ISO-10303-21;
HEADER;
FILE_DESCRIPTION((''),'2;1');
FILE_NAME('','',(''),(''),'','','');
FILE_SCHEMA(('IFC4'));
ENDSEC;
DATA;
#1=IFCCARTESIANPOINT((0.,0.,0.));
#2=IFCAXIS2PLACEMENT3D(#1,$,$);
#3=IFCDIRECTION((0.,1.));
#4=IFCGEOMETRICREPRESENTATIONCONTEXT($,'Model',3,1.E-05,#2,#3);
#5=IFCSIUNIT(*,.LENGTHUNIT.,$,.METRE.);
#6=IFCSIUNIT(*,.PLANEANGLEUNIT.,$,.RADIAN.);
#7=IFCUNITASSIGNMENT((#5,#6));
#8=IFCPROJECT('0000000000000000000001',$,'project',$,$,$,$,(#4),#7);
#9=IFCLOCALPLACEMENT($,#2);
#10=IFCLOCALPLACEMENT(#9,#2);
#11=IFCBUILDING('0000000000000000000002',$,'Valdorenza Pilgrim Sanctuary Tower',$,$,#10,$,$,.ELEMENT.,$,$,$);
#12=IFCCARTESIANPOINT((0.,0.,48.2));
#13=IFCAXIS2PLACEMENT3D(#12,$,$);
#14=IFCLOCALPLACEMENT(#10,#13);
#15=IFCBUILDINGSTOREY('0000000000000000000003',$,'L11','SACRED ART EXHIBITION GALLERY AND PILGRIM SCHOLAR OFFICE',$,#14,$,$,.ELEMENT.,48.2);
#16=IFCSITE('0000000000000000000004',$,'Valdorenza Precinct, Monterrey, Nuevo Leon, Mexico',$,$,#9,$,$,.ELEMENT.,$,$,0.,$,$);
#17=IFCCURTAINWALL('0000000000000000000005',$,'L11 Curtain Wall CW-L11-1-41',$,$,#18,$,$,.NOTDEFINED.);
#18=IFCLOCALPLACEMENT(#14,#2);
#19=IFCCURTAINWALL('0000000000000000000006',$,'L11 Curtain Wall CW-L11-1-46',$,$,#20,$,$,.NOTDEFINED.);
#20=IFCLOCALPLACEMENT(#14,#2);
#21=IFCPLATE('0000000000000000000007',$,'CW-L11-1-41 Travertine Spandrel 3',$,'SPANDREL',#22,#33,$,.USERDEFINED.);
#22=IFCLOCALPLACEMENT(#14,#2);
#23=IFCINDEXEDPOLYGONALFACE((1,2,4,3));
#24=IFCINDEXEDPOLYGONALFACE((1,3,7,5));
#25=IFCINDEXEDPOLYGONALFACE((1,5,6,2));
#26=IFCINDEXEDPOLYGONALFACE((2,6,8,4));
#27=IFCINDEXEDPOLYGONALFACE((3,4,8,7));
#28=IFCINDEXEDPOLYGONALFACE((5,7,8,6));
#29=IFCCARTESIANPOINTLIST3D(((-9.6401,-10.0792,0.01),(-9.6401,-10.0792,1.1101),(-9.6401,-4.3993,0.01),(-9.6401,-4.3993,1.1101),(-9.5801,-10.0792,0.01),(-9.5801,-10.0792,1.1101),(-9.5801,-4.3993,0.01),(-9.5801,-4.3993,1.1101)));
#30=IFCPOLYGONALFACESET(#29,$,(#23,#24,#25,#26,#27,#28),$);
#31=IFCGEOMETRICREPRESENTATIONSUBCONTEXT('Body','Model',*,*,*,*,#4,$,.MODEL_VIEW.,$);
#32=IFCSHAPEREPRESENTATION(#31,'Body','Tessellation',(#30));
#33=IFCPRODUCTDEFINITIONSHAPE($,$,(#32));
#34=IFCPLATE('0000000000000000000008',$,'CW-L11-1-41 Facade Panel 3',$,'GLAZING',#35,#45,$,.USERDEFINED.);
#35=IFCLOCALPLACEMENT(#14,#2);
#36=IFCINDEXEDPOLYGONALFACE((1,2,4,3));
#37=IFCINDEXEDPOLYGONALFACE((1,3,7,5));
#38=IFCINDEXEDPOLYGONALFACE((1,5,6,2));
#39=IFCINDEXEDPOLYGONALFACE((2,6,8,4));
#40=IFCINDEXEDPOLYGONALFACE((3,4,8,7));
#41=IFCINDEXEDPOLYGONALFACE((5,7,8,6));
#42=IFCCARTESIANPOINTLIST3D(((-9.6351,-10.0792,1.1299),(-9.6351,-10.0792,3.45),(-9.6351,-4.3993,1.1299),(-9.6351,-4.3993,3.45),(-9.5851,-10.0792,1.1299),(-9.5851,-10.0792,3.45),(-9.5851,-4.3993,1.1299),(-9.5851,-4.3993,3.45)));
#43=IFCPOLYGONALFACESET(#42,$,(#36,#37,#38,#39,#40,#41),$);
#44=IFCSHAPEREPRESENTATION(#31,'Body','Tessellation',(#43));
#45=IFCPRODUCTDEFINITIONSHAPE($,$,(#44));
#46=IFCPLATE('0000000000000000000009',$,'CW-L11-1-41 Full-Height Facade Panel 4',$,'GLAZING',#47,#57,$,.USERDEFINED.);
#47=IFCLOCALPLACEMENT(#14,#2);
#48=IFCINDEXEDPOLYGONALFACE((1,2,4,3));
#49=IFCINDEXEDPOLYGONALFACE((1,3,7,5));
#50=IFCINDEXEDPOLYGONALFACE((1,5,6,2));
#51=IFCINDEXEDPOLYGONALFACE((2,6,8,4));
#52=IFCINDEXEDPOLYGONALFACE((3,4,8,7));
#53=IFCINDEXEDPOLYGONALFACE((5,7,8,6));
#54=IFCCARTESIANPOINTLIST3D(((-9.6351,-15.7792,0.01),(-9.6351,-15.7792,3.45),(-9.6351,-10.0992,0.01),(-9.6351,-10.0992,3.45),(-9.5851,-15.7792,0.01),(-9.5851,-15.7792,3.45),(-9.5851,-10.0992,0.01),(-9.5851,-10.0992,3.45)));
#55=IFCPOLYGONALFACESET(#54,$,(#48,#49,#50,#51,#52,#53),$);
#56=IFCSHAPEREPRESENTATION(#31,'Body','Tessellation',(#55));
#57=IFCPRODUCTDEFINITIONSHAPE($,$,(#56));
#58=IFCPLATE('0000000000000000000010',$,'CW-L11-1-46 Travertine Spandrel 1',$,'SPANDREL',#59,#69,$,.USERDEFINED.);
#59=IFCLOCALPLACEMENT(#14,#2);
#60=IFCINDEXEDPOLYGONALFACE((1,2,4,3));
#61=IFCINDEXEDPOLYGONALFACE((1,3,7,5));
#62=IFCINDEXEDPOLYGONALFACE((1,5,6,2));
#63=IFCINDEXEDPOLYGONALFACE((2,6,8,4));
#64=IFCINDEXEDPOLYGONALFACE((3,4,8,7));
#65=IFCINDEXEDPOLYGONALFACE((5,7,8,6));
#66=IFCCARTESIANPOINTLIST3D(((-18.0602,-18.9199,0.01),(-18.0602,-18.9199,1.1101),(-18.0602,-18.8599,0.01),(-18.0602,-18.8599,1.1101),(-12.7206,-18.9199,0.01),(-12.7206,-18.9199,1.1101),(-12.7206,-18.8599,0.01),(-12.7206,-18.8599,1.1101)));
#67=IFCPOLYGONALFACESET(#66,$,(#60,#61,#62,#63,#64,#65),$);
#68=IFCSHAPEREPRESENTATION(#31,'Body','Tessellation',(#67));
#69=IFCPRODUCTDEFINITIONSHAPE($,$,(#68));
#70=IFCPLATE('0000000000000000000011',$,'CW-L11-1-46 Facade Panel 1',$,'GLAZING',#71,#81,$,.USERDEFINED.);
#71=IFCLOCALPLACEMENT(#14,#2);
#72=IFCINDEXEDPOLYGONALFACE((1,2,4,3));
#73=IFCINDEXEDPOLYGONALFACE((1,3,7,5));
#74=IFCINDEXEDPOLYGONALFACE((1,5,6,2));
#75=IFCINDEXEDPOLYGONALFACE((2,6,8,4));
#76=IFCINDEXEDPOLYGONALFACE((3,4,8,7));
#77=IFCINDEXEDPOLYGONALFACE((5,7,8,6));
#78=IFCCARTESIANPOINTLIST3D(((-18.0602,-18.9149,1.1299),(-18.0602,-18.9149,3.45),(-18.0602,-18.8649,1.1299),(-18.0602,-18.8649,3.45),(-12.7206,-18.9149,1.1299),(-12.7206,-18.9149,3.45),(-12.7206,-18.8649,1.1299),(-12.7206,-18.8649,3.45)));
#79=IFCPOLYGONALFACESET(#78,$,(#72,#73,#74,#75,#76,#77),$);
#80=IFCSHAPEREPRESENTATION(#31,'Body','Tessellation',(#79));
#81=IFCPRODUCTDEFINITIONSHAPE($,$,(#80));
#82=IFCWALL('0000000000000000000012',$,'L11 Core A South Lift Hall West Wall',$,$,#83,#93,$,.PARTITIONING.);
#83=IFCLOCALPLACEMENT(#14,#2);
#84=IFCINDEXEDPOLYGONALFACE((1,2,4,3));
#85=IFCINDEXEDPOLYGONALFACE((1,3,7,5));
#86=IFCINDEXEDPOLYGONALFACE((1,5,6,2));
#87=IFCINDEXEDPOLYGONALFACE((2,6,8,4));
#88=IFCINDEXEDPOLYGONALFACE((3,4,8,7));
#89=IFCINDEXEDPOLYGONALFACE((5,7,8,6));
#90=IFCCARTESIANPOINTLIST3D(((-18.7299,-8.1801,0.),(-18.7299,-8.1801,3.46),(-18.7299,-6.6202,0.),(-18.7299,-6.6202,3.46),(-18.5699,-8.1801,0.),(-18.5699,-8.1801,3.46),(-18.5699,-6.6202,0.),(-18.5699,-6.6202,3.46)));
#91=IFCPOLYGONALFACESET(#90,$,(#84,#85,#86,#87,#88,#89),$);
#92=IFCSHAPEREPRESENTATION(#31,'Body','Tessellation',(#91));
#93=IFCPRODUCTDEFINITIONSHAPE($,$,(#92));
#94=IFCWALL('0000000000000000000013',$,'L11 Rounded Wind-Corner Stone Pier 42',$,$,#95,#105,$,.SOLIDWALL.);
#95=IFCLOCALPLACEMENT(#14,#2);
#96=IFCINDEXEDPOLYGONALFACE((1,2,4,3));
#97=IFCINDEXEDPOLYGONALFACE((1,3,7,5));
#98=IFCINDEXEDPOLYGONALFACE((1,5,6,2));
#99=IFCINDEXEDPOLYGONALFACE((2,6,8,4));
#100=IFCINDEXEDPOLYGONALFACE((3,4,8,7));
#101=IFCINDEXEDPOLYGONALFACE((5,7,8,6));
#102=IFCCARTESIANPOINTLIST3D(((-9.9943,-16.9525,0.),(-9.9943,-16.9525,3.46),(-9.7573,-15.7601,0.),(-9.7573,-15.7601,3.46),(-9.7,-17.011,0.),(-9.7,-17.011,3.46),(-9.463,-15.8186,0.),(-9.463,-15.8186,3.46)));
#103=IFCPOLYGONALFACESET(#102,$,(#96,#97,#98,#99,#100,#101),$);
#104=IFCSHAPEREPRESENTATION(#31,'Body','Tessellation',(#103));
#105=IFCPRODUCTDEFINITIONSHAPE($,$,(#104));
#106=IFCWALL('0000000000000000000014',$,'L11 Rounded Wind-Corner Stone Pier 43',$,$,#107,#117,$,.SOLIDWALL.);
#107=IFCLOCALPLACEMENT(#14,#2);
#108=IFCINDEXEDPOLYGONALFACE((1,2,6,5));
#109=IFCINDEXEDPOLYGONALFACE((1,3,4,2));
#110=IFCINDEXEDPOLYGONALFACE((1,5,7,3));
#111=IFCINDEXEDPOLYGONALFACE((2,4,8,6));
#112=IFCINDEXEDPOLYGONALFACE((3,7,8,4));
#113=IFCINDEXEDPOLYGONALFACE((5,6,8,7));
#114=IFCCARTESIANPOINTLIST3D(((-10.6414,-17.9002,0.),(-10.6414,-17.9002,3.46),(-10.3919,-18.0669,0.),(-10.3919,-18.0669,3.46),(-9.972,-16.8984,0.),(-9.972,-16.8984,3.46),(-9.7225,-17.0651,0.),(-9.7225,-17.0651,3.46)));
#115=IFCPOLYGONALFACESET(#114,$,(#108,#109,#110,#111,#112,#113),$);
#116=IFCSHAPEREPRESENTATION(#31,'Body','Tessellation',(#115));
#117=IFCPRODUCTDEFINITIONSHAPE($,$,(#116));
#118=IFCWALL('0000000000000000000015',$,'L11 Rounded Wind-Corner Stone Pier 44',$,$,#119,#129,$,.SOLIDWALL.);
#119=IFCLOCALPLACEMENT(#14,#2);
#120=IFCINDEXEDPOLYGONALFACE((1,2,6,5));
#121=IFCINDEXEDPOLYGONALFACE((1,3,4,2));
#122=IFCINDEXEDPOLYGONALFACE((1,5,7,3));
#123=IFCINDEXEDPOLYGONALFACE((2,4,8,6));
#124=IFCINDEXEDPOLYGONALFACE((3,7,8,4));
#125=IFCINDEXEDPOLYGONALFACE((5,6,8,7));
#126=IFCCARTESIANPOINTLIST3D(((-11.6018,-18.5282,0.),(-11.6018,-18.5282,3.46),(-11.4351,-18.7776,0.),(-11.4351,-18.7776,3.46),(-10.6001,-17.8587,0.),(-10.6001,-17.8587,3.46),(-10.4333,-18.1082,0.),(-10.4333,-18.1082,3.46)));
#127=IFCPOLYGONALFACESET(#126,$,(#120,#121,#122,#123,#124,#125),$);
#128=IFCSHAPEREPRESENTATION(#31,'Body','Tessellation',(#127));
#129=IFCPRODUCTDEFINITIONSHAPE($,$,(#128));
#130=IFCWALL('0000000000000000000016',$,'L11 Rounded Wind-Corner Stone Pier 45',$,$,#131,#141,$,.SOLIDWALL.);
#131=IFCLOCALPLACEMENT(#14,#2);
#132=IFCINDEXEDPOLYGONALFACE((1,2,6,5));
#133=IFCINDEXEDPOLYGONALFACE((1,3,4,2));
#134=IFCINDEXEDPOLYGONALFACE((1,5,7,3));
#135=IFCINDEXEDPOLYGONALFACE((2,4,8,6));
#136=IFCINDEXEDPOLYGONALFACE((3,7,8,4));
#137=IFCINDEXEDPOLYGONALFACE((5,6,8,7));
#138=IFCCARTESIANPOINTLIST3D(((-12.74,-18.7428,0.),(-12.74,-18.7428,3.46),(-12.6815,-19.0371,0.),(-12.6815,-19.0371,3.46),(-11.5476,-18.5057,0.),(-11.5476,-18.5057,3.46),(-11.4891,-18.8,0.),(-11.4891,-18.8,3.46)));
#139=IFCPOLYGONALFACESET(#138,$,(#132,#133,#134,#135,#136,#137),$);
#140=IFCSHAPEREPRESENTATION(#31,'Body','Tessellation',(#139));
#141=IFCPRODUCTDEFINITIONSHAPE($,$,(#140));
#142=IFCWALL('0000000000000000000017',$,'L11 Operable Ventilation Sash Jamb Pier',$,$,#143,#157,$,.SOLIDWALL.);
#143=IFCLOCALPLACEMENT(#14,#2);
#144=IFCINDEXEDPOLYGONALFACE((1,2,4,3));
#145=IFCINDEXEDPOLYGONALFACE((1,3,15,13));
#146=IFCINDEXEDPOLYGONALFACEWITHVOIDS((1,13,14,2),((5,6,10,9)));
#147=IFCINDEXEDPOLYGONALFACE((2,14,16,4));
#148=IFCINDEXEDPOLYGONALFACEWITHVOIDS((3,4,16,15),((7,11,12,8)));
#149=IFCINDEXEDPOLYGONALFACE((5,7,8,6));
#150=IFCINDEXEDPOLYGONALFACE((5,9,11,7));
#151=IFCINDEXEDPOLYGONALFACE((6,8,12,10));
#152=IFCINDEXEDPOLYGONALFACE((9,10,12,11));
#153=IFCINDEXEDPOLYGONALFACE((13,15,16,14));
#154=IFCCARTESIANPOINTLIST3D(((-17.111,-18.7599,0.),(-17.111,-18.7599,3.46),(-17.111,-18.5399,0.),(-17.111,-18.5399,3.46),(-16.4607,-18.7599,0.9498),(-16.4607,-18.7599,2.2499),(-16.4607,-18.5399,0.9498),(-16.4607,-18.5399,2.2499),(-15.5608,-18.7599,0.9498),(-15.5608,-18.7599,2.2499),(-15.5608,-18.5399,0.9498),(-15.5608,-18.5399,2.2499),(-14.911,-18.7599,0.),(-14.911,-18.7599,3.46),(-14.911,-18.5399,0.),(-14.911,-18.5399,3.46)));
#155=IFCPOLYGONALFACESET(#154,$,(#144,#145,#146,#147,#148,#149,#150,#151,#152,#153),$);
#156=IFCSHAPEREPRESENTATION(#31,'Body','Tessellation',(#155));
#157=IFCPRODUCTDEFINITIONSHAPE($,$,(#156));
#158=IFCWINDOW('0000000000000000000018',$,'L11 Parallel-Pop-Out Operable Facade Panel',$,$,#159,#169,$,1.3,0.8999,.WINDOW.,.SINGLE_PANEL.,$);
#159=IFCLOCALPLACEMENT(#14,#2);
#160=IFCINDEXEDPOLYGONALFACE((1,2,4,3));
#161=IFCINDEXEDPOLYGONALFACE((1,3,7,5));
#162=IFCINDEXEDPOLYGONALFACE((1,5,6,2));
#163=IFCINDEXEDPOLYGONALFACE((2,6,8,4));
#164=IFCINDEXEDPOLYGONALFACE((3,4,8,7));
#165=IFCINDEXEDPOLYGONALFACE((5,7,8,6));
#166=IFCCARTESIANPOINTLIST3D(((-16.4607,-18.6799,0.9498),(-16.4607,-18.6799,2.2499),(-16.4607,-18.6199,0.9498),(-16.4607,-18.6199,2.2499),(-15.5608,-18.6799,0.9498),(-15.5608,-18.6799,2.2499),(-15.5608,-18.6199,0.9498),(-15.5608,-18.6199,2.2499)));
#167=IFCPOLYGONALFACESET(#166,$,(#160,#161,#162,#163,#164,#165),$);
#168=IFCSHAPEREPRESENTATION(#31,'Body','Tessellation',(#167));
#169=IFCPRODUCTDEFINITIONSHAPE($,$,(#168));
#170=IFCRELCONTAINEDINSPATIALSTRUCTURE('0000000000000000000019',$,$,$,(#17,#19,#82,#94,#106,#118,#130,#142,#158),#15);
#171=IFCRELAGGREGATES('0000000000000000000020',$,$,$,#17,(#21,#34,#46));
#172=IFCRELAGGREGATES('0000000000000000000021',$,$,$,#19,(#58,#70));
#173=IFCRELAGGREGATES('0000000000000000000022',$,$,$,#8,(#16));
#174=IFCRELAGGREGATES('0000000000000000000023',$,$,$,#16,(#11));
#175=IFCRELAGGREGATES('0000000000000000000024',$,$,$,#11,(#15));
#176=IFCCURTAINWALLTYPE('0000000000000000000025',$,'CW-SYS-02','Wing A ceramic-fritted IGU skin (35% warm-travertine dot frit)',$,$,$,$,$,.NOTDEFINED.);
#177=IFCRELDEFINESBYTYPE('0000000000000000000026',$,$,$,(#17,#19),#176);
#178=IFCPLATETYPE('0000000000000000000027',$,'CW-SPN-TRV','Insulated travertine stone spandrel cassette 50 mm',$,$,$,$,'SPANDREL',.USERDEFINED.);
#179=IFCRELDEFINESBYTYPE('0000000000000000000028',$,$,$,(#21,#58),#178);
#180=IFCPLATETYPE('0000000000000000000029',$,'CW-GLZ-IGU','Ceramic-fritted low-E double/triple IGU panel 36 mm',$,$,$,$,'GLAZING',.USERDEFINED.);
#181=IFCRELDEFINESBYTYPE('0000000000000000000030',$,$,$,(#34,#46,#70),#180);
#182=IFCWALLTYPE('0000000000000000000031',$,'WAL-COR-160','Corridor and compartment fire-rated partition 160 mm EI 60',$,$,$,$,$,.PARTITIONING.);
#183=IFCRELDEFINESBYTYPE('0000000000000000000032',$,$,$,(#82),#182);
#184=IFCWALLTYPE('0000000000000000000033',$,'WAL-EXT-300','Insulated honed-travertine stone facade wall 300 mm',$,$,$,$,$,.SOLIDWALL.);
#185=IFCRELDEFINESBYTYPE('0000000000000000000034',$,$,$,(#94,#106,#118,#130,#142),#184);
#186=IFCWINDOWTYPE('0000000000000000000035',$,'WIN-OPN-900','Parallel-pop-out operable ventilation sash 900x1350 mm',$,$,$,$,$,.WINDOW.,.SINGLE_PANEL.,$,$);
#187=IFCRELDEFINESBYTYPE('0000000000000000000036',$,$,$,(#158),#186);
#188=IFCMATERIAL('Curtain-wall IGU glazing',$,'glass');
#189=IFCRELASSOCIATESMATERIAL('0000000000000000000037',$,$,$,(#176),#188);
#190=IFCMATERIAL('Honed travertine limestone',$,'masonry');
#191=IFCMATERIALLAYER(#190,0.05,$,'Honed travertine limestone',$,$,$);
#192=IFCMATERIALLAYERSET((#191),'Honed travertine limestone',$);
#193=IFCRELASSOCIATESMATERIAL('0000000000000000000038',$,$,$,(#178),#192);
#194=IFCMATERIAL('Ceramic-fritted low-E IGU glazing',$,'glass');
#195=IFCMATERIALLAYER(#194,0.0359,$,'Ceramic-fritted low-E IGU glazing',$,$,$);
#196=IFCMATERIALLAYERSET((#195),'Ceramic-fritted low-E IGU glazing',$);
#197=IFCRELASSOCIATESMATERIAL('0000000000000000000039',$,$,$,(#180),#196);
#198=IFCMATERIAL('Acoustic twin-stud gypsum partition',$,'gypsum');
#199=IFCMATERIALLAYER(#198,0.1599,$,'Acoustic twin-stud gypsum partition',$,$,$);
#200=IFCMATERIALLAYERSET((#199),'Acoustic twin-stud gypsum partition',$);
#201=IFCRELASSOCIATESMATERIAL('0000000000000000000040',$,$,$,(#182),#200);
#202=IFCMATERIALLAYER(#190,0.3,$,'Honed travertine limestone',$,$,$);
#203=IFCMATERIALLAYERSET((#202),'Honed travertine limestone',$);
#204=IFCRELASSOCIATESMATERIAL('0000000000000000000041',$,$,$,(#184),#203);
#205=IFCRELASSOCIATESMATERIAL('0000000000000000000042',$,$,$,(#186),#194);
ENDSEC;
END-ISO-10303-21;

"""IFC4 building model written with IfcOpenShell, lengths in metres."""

from ifc_helpers import new_model, si_unit, direction, frame, frame_2d, origin, origin_2d, place, context, subcontext, project, spatial, rectangle, extrude, source, transform, mapped, material, layer, layer_set, type_object, element, fill, aggregate, save


model = new_model("IFC4")

# Units and contexts
model_context = context("Model", 3, precision=1e-05, world=origin(), true_north=direction((0.0, 1.0)))
body_context = subcontext(model_context, "Body", "Model", "MODEL_VIEW")
ifc_project = project(units=[si_unit("LENGTHUNIT", "METRE"), si_unit("PLANEANGLEUNIT", "RADIAN")], contexts=[model_context])

# Site, building, storey
site_placement = place(None, origin())
site = spatial("IfcSite", under=ifc_project, at=site_placement, Name="Valdorenza Precinct, Monterrey, Nuevo Leon, Mexico", CompositionType="ELEMENT", RefElevation=0.0)
building_placement = place(site_placement, origin())
building = spatial("IfcBuilding", under=site, at=building_placement, Name="Valdorenza Pilgrim Sanctuary Tower", CompositionType="ELEMENT")
storey_placement = place(building_placement, frame((0.0, 0.0, 48.2)))
storey = spatial("IfcBuildingStorey", under=building, at=storey_placement, Name="L11", Description="SACRED ART EXHIBITION GALLERY AND PILGRIM SCHOLAR OFFICE", CompositionType="ELEMENT", Elevation=48.2)

# Curtain walls
ifc_material_1 = material(Name="Curtain-wall IGU glazing", Category="glass")
curtain_wall_type = type_object("IfcCurtainWallType", Name="CW-SYS-02", Description="Wing A ceramic-fritted IGU skin (35% warm-travertine dot frit)", PredefinedType="NOTDEFINED", material=ifc_material_1)
curtain_wall_1_placement = place(storey_placement, origin())
curtain_wall_1 = element("IfcCurtainWall", 1, at=curtain_wall_1_placement, inside=storey, type_object=curtain_wall_type, Name="L11 Curtain Wall CW-L11-1-41", PredefinedType="NOTDEFINED")
curtain_wall_2_placement = place(storey_placement, origin())
curtain_wall_2 = element("IfcCurtainWall", 2, at=curtain_wall_2_placement, inside=storey, type_object=curtain_wall_type, Name="L11 Curtain Wall CW-L11-1-46", PredefinedType="NOTDEFINED")

# Plates
ifc_material_2 = material(Name="Honed travertine limestone", Category="masonry")
ifc_layer_1 = layer(ifc_material_2, 0.05, Name="Honed travertine limestone")
ifc_layer_set_1 = layer_set([ifc_layer_1], Name="Honed travertine limestone")
plate_type_1 = type_object("IfcPlateType", Name="CW-SPN-TRV", Description="Insulated travertine stone spandrel cassette 50 mm", ElementType="SPANDREL", PredefinedType="USERDEFINED", material=ifc_layer_set_1)
shared_shape_1 = source(origin(), body_context, "Body", "SweptSolid", [
    extrude(rectangle(XDim=5.6799, YDim=0.0601, at=origin_2d()), origin(), (0.0, 0.0, 1.0), 1.1001),
])
plate_1_placement = place(storey_placement, frame((-9.6101, -7.2393, 0.01), z_axis=(0.0, 0.0, 1.0), x_axis=(0.0, -1.0, 0.0)))
plate_1 = element("IfcPlate", 3, at=plate_1_placement, type_object=plate_type_1, Name="CW-L11-1-41 Travertine Spandrel 3", ObjectType="SPANDREL", PredefinedType="USERDEFINED", context=body_context, shape_type="MappedRepresentation", body=[
    mapped(shared_shape_1, transform((0.0, 0.0, 0.0), x_axis=(1.0, 0.0, 0.0), y_axis=(0.0, 1.0, 0.0), z_axis=(0.0, 0.0, 1.0), scale=1.0)),
])
ifc_material_3 = material(Name="Ceramic-fritted low-E IGU glazing", Category="glass")
ifc_layer_2 = layer(ifc_material_3, 0.0359, Name="Ceramic-fritted low-E IGU glazing")
ifc_layer_set_2 = layer_set([ifc_layer_2], Name="Ceramic-fritted low-E IGU glazing")
plate_type_2 = type_object("IfcPlateType", Name="CW-GLZ-IGU", Description="Ceramic-fritted low-E double/triple IGU panel 36 mm", ElementType="GLAZING", PredefinedType="USERDEFINED", material=ifc_layer_set_2)
shared_shape_2 = source(origin(), body_context, "Body", "SweptSolid", [
    extrude(rectangle(XDim=5.6799, YDim=0.05, at=origin_2d()), origin(), (0.0, 0.0, 1.0), 2.3201),
])
plate_2_placement = place(storey_placement, frame((-9.6101, -7.2393, 1.1299), z_axis=(0.0, 0.0, 1.0), x_axis=(0.0, -1.0, 0.0)))
plate_2 = element("IfcPlate", 4, at=plate_2_placement, type_object=plate_type_2, Name="CW-L11-1-41 Facade Panel 3", ObjectType="GLAZING", PredefinedType="USERDEFINED", context=body_context, shape_type="MappedRepresentation", body=[
    mapped(shared_shape_2, transform((0.0, 0.0, 0.0), x_axis=(1.0, 0.0, 0.0), y_axis=(0.0, 1.0, 0.0), z_axis=(0.0, 0.0, 1.0), scale=1.0)),
])
shared_shape_3 = source(origin(), body_context, "Body", "SweptSolid", [
    extrude(rectangle(XDim=5.6799, YDim=0.05, at=origin_2d()), origin(), (0.0, 0.0, 1.0), 3.4399),
])
plate_3_placement = place(storey_placement, frame((-9.6101, -12.9392, 0.01), z_axis=(0.0, 0.0, 1.0), x_axis=(0.0, -1.0, 0.0)))
plate_3 = element("IfcPlate", 5, at=plate_3_placement, type_object=plate_type_2, Name="CW-L11-1-41 Full-Height Facade Panel 4", ObjectType="GLAZING", PredefinedType="USERDEFINED", context=body_context, shape_type="MappedRepresentation", body=[
    mapped(shared_shape_3, transform((0.0, 0.0, 0.0), x_axis=(1.0, 0.0, 0.0), y_axis=(0.0, 1.0, 0.0), z_axis=(0.0, 0.0, 1.0), scale=1.0)),
])
aggregate(curtain_wall_1, [plate_1, plate_2, plate_3])
shared_shape_4 = source(origin(), body_context, "Body", "SweptSolid", [
    extrude(rectangle(XDim=5.3396, YDim=0.0601, at=origin_2d()), origin(), (0.0, 0.0, 1.0), 1.1001),
])
plate_4_placement = place(storey_placement, frame((-15.3904, -18.8899, 0.01), z_axis=(0.0, 0.0, 1.0), x_axis=(-1.0, 0.0, 0.0)))
plate_4 = element("IfcPlate", 6, at=plate_4_placement, type_object=plate_type_1, Name="CW-L11-1-46 Travertine Spandrel 1", ObjectType="SPANDREL", PredefinedType="USERDEFINED", context=body_context, shape_type="MappedRepresentation", body=[
    mapped(shared_shape_4, transform((0.0, 0.0, 0.0), x_axis=(1.0, 0.0, 0.0), y_axis=(0.0, 1.0, 0.0), z_axis=(0.0, 0.0, 1.0), scale=1.0)),
])
shared_shape_5 = source(origin(), body_context, "Body", "SweptSolid", [
    extrude(rectangle(XDim=5.3396, YDim=0.05, at=origin_2d()), origin(), (0.0, 0.0, 1.0), 2.3201),
])
plate_5_placement = place(storey_placement, frame((-15.3904, -18.8899, 1.1299), z_axis=(0.0, 0.0, 1.0), x_axis=(-1.0, 0.0, 0.0)))
plate_5 = element("IfcPlate", 7, at=plate_5_placement, type_object=plate_type_2, Name="CW-L11-1-46 Facade Panel 1", ObjectType="GLAZING", PredefinedType="USERDEFINED", context=body_context, shape_type="MappedRepresentation", body=[
    mapped(shared_shape_5, transform((0.0, 0.0, 0.0), x_axis=(1.0, 0.0, 0.0), y_axis=(0.0, 1.0, 0.0), z_axis=(0.0, 0.0, 1.0), scale=1.0)),
])
aggregate(curtain_wall_2, [plate_4, plate_5])

# Walls
ifc_material_4 = material(Name="Acoustic twin-stud gypsum partition", Category="gypsum")
ifc_layer_3 = layer(ifc_material_4, 0.1599, Name="Acoustic twin-stud gypsum partition")
ifc_layer_set_3 = layer_set([ifc_layer_3], Name="Acoustic twin-stud gypsum partition")
wall_type_1 = type_object("IfcWallType", Name="WAL-COR-160", Description="Corridor and compartment fire-rated partition 160 mm EI 60", PredefinedType="PARTITIONING", material=ifc_layer_set_3)
wall_1_placement = place(storey_placement, frame((-18.6499, -8.1799, 0.0), z_axis=(0.0, 0.0, 1.0), x_axis=(0.0, 1.0, 0.0)))
element("IfcWall", 8, at=wall_1_placement, inside=storey, type_object=wall_type_1, Name="L11 Core A South Lift Hall West Wall", PredefinedType="PARTITIONING", context=body_context, shape_type="SweptSolid", body=[
    extrude(rectangle(XDim=1.5598, YDim=0.1599, at=frame_2d((0.7798, 0.0))), origin(), (0.0, 0.0, 1.0), 3.46),
])
ifc_layer_4 = layer(ifc_material_2, 0.3, Name="Honed travertine limestone")
ifc_layer_set_4 = layer_set([ifc_layer_4], Name="Honed travertine limestone")
wall_type_2 = type_object("IfcWallType", Name="WAL-EXT-300", Description="Insulated honed-travertine stone facade wall 300 mm", PredefinedType="SOLIDWALL", material=ifc_layer_set_4)
wall_2_placement = place(storey_placement, frame((-9.6101, -15.7893, 0.0), z_axis=(0.0, 0.0, 1.0), x_axis=(-0.194996, -0.980804, 0.0)))
element("IfcWall", 9, at=wall_2_placement, inside=storey, type_object=wall_type_2, Name="L11 Rounded Wind-Corner Stone Pier 42", PredefinedType="SOLIDWALL", context=body_context, shape_type="SweptSolid", body=[
    extrude(rectangle(XDim=1.2158, YDim=0.3, at=frame_2d((0.6079, 0.0))), origin(), (0.0, 0.0, 1.0), 3.46),
])
for number, where, z_axis, x_axis, name in (
    (10, (-9.8472, -16.9817, 0.0), (0.0, 0.0, 1.0), (-0.555635, -0.831426, 0.0), "L11 Rounded Wind-Corner Stone Pier 43"),
    (11, (-10.5166, -17.9834, 0.0), (0.0, 0.0, 1.0), (-0.831426, -0.555635, 0.0), "L11 Rounded Wind-Corner Stone Pier 44"),
):
    element("IfcWall", number, at=place(storey_placement, frame(where, z_axis=z_axis, x_axis=x_axis)), inside=storey, type_object=wall_type_2, Name=name, PredefinedType="SOLIDWALL", context=body_context, shape_type="SweptSolid", body=[
        extrude(rectangle(XDim=1.2048, YDim=0.3, at=frame_2d((0.6025, 0.0))), origin(), (0.0, 0.0, 1.0), 3.46),
    ])
wall_3_placement = place(storey_placement, frame((-11.5183, -18.6528, 0.0), z_axis=(0.0, 0.0, 1.0), x_axis=(-0.980804, -0.194996, 0.0)))
element("IfcWall", 12, at=wall_3_placement, inside=storey, type_object=wall_type_2, Name="L11 Rounded Wind-Corner Stone Pier 45", PredefinedType="SOLIDWALL", context=body_context, shape_type="SweptSolid", body=[
    extrude(rectangle(XDim=1.2158, YDim=0.3, at=frame_2d((0.6079, 0.0))), origin(), (0.0, 0.0, 1.0), 3.46),
])

# Wall, opening, window
wall_4_placement = place(storey_placement, frame((-14.9109, -18.6499, 0.0), z_axis=(0.0, 0.0, 1.0), x_axis=(-1.0, 0.0, 0.0)))
wall_4 = element("IfcWall", 13, at=wall_4_placement, inside=storey, type_object=wall_type_2, Name="L11 Operable Ventilation Sash Jamb Pier", PredefinedType="SOLIDWALL", context=body_context, shape_type="SweptSolid", body=[
    extrude(rectangle(XDim=2.2, YDim=0.22, at=frame_2d((1.1001, 0.0))), origin(), (0.0, 0.0, 1.0), 3.46),
])
opening_1_placement = place(wall_4_placement, frame((0.6499, 0.0, 0.95)))
opening_1 = element("IfcOpeningElement", 14, at=opening_1_placement, cuts=wall_4, PredefinedType="OPENING", context=body_context, shape_type="SweptSolid", body=[
    extrude(rectangle(XDim=0.8999, YDim=1.3, at=frame_2d((0.45, 0.6499))), frame((0.0, 0.125, 0.0), z_axis=(0.0, -1.0, 0.0), x_axis=(1.0, 0.0, 0.0)), (0.0, 0.0, 1.0), 0.2498),
])
window_type = type_object("IfcWindowType", Name="WIN-OPN-900", Description="Parallel-pop-out operable ventilation sash 900x1350 mm", PartitioningType="SINGLE_PANEL", PredefinedType="WINDOW", material=ifc_material_3)
window_placement = place(opening_1_placement, origin())
window = element("IfcWindow", 15, at=window_placement, inside=storey, type_object=window_type, Name="L11 Parallel-Pop-Out Operable Facade Panel", OverallHeight=1.3, OverallWidth=0.8999, PartitioningType="SINGLE_PANEL", PredefinedType="WINDOW", context=body_context, shape_type="SweptSolid", body=[
    extrude(rectangle(XDim=0.8999, YDim=1.3, at=frame_2d((0.45, 0.6499))), frame((0.0, 0.03, 0.0), z_axis=(0.0, -1.0, 0.0), x_axis=(1.0, 0.0, 0.0)), (0.0, 0.0, 1.0), 0.0601),
])
fill(opening_1, window)

save(model, "model.ifc")
